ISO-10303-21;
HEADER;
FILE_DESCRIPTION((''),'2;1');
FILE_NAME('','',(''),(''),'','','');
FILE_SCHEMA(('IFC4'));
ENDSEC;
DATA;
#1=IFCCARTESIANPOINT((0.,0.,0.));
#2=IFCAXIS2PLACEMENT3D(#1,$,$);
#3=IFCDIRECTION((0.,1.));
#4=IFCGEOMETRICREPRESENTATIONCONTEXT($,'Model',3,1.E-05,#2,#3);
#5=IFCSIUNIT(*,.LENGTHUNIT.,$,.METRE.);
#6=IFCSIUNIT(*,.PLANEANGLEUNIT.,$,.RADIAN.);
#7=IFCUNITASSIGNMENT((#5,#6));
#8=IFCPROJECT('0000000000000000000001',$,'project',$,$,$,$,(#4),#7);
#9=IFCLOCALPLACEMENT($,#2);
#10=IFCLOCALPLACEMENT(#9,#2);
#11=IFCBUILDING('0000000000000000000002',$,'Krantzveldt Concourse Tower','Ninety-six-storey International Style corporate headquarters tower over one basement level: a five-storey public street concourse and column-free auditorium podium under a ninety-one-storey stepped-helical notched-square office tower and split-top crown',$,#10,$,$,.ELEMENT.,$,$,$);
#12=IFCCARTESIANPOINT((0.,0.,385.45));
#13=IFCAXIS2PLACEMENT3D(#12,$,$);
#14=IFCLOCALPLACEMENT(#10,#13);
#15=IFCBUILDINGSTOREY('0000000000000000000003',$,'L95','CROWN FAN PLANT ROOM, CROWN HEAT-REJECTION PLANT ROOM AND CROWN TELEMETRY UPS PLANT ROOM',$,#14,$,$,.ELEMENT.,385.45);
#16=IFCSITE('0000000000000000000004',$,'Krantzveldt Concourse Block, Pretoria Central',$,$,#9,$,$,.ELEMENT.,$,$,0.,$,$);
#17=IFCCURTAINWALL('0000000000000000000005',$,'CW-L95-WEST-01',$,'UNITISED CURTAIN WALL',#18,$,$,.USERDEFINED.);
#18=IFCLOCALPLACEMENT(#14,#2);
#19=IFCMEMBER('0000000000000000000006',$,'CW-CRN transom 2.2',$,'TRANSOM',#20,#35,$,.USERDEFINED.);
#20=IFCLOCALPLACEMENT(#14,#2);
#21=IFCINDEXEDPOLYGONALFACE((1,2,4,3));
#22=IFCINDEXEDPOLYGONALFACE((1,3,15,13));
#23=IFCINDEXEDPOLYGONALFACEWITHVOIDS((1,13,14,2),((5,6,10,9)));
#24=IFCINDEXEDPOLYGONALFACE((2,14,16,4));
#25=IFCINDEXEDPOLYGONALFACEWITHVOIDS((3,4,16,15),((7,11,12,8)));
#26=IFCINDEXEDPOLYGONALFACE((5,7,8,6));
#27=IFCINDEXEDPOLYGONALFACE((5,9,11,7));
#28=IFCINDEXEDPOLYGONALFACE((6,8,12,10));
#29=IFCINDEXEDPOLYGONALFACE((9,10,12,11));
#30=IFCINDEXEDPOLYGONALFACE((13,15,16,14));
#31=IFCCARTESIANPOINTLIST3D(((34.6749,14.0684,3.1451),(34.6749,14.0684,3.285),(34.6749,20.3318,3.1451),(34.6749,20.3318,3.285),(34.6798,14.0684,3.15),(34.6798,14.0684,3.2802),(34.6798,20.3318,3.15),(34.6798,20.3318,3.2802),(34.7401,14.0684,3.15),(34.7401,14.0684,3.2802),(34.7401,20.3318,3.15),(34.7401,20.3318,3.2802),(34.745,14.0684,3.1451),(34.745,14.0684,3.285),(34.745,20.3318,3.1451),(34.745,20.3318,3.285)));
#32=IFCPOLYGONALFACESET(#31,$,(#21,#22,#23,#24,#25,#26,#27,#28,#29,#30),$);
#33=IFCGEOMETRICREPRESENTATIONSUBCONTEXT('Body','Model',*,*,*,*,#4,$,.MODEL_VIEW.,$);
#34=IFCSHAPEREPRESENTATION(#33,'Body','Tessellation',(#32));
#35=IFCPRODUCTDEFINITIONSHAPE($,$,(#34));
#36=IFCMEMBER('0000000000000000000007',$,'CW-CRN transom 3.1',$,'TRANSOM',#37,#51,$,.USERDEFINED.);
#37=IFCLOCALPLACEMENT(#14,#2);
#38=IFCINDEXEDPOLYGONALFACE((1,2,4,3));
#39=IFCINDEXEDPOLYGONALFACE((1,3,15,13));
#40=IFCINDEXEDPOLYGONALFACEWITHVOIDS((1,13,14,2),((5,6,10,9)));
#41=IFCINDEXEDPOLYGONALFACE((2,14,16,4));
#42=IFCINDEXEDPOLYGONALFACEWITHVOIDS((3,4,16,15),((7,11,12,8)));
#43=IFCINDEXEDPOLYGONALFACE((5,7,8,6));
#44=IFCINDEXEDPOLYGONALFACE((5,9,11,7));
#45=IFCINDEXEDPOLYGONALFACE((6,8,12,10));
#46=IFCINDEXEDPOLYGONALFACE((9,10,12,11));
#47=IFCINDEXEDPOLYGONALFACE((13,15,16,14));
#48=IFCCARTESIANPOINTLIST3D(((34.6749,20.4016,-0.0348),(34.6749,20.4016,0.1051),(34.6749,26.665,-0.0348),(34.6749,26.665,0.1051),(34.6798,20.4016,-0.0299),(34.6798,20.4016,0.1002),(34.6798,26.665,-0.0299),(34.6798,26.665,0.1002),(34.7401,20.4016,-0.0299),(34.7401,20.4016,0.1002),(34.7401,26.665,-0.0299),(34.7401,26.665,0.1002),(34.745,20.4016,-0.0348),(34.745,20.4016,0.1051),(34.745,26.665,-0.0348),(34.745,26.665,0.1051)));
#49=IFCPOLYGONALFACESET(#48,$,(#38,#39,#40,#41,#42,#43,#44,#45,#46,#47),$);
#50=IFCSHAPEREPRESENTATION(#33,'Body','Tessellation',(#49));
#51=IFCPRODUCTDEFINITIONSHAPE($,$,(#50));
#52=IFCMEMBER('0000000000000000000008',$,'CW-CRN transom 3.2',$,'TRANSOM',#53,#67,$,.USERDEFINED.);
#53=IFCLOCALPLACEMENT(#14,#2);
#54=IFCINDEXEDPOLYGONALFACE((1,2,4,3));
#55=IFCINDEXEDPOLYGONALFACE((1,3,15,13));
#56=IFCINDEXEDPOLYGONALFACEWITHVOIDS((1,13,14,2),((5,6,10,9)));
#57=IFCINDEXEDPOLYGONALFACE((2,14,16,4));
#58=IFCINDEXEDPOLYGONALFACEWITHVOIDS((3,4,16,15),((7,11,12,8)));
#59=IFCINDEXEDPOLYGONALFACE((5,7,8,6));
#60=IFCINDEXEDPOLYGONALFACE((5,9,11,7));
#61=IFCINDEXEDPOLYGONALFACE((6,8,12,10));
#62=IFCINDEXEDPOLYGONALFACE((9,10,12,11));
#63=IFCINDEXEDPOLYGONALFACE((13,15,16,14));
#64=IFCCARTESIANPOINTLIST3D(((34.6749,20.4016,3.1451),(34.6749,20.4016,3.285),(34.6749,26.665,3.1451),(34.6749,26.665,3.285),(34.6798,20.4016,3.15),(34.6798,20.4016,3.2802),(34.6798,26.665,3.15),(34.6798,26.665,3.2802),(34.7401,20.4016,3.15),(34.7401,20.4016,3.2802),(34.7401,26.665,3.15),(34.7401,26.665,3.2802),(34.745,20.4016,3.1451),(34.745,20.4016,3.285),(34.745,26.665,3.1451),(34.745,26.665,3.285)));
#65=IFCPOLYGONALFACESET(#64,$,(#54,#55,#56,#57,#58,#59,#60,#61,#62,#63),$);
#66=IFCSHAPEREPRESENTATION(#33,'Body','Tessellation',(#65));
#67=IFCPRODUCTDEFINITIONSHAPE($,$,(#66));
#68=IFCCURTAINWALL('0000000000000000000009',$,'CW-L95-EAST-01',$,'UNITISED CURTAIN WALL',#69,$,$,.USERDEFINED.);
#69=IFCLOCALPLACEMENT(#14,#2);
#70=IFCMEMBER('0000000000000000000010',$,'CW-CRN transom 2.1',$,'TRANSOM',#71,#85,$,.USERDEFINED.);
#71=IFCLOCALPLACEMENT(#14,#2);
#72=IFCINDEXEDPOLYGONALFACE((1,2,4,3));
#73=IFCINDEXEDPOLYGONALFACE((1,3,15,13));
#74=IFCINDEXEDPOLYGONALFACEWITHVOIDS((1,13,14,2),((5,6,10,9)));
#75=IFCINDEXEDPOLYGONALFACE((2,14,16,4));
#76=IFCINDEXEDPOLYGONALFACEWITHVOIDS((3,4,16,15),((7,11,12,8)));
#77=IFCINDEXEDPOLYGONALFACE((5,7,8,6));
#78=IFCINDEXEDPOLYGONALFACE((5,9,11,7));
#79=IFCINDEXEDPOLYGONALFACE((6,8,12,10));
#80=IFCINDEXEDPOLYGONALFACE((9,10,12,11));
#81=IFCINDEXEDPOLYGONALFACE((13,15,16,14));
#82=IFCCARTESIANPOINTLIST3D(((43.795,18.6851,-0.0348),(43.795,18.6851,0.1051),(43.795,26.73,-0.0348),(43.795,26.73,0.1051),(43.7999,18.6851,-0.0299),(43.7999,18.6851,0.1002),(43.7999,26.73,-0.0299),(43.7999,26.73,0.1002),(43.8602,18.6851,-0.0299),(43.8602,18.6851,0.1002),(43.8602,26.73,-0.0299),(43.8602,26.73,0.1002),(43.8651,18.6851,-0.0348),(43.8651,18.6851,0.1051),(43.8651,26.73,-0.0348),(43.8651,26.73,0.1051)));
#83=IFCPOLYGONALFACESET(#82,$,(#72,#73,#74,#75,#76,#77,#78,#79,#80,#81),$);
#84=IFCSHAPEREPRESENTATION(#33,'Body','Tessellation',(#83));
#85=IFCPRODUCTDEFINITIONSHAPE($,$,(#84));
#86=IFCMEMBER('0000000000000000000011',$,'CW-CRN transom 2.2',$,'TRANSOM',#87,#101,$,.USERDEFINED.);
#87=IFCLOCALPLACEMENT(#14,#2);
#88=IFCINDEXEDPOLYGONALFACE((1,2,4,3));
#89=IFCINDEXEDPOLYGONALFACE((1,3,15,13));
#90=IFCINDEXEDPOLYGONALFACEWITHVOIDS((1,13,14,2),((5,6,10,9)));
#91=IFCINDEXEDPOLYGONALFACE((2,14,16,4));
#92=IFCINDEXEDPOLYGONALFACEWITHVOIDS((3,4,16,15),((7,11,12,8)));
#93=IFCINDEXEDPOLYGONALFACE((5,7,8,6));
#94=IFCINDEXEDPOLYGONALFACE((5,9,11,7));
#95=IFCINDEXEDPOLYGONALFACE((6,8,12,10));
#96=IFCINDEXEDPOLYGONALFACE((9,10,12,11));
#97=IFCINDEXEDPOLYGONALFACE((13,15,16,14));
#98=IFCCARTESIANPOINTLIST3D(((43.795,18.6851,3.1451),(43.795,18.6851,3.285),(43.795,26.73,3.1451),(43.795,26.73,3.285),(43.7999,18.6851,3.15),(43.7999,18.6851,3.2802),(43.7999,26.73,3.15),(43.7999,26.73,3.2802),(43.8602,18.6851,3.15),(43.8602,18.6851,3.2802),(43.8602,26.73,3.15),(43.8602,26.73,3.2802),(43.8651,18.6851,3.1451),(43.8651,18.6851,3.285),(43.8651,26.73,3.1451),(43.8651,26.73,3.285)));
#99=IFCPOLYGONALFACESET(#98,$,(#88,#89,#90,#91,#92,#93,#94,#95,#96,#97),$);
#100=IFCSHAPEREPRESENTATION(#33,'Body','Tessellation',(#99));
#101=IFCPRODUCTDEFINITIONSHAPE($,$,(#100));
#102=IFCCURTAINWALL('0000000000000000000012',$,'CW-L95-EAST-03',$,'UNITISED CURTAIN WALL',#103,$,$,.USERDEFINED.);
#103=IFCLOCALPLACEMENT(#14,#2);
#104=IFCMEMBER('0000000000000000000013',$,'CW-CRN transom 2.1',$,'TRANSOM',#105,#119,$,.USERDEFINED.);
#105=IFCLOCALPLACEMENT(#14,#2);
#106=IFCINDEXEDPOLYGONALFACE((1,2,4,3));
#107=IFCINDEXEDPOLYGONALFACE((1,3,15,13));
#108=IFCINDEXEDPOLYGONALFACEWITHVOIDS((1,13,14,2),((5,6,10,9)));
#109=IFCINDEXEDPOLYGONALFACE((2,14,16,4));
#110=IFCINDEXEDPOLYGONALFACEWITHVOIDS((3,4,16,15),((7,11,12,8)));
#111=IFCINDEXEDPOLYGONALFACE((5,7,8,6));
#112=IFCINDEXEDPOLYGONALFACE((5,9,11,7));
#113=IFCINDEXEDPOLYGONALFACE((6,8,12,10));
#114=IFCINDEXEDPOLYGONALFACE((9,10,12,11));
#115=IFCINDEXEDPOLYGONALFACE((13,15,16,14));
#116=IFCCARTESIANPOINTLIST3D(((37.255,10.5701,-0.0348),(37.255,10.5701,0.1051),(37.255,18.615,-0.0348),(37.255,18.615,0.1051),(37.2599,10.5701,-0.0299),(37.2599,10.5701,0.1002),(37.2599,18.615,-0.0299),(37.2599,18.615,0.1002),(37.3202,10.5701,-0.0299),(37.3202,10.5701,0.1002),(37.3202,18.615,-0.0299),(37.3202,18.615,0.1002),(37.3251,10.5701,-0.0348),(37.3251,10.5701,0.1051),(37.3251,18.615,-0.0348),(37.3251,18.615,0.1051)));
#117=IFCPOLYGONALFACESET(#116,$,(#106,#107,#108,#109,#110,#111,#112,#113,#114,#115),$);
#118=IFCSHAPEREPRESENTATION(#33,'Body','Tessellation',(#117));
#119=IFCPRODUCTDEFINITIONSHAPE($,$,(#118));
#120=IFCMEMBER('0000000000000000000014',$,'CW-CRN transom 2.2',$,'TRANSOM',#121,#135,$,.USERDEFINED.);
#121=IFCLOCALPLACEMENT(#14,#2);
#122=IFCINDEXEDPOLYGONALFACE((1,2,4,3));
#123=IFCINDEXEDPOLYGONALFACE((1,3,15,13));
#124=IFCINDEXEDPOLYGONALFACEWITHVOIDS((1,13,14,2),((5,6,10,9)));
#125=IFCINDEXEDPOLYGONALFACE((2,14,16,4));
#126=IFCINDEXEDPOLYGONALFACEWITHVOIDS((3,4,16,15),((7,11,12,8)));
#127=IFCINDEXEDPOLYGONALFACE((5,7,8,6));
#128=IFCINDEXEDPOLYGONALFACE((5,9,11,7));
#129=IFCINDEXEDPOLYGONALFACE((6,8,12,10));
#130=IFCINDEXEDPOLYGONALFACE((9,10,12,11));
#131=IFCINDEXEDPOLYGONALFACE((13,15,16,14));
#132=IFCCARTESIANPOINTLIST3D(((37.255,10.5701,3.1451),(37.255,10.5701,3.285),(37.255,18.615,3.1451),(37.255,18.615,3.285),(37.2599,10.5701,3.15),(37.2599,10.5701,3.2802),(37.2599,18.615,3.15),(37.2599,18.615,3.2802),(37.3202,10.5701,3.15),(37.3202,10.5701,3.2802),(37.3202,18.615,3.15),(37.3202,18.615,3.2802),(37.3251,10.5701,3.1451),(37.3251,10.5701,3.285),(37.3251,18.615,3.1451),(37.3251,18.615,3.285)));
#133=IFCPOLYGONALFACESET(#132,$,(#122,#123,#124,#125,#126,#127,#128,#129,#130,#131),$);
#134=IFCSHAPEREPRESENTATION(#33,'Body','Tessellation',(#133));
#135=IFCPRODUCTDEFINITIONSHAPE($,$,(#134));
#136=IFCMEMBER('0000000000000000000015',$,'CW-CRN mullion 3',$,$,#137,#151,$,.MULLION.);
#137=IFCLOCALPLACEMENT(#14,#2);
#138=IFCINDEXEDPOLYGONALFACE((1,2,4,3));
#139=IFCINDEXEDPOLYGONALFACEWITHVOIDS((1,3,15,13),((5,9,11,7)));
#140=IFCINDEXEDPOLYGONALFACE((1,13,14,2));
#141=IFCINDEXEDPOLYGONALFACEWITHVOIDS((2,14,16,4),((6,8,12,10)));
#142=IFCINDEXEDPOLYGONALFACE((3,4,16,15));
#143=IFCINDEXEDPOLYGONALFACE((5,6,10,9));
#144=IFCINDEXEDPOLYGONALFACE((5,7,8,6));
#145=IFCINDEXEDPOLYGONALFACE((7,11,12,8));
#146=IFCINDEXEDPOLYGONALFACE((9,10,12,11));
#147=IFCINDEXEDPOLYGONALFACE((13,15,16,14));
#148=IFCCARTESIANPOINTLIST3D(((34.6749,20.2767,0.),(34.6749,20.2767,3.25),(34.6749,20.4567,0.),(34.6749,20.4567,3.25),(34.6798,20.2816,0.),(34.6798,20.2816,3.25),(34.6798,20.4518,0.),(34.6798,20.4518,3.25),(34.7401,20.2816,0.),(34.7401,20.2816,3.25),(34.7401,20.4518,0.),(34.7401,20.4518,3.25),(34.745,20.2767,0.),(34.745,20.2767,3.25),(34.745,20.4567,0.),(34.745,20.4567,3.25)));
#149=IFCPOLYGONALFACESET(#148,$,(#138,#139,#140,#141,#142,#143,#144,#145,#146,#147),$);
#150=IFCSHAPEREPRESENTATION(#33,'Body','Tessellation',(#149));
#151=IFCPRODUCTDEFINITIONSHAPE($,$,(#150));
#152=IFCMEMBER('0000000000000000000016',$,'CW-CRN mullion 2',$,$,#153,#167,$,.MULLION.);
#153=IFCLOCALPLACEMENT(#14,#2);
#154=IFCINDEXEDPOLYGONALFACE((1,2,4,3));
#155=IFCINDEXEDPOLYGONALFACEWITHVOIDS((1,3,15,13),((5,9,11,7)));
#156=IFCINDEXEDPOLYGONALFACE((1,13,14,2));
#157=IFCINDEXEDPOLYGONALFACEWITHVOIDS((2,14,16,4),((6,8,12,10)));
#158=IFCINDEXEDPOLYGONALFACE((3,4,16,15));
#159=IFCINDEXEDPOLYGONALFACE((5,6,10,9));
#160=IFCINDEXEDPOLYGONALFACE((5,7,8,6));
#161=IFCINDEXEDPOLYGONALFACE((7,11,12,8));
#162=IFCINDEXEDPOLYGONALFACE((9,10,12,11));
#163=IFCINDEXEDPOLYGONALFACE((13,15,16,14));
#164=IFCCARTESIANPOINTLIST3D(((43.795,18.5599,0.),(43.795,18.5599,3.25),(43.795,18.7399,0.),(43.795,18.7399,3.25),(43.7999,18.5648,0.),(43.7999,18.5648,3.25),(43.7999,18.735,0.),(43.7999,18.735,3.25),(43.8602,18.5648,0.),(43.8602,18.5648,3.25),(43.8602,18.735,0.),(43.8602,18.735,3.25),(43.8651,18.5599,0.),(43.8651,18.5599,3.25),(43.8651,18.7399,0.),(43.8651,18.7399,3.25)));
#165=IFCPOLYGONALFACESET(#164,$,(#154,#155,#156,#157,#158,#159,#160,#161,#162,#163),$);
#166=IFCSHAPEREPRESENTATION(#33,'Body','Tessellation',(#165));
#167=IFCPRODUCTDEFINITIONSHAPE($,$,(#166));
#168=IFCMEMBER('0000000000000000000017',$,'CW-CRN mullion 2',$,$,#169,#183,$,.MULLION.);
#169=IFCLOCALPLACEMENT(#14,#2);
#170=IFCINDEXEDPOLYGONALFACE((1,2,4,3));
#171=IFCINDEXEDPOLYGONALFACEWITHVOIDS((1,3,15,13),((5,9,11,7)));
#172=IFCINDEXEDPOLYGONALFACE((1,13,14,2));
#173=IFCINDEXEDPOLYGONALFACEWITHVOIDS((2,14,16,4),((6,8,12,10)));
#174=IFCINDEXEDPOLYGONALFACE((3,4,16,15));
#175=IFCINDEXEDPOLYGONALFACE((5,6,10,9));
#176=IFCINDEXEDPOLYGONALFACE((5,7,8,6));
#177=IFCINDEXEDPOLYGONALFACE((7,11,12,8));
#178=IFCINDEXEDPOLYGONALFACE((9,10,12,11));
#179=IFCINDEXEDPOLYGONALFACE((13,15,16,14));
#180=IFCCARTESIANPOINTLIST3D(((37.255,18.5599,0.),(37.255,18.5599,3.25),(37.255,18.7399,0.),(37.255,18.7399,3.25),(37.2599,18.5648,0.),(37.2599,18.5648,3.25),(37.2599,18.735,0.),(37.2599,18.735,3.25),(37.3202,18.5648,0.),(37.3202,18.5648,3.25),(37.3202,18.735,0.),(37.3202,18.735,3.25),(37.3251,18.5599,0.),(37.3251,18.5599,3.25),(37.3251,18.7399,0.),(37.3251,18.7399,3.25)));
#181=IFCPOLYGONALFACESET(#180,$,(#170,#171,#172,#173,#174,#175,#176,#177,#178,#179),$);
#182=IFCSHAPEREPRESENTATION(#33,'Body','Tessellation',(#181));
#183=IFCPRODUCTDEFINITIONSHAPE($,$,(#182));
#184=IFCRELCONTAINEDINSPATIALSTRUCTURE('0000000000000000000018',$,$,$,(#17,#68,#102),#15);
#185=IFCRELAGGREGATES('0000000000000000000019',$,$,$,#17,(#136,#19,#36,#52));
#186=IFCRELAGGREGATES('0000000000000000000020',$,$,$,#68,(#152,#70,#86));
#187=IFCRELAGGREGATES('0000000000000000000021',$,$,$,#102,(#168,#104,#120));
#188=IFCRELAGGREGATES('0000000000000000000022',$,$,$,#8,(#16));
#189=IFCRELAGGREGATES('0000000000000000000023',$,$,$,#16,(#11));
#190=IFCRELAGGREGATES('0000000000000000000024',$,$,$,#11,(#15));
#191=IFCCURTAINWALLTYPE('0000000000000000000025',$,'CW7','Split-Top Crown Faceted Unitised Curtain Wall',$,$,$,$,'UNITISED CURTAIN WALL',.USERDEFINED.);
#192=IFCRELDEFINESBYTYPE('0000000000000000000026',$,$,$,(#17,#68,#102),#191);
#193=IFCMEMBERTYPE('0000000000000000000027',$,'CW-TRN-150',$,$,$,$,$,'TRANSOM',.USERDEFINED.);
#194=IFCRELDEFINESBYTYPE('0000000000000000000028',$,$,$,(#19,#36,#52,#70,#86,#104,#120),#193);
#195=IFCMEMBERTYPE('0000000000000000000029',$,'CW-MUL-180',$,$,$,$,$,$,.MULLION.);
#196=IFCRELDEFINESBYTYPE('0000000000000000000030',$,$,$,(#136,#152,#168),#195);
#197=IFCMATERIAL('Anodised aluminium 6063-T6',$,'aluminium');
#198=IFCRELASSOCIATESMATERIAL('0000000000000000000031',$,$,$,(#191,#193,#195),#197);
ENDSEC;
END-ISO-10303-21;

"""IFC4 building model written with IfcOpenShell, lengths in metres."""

from ifc_helpers import new_model, si_unit, direction, frame, origin, origin_2d, place, context, subcontext, project, spatial, hollow_rectangle, extrude, source, transform, mapped, material, material_profile, profile_set, type_object, type_shapes, element, aggregate, save


model = new_model("IFC4")

# Units and contexts
model_context = context("Model", 3, precision=1e-05, world=origin(), true_north=direction((0.0, 1.0)))
body_context = subcontext(model_context, "Body", "Model", "MODEL_VIEW")
ifc_project = project(units=[si_unit("LENGTHUNIT", "METRE"), si_unit("PLANEANGLEUNIT", "RADIAN")], contexts=[model_context])

# Site, building, storey
site_placement = place(None, origin())
site = spatial("IfcSite", under=ifc_project, at=site_placement, Name="Krantzveldt Concourse Block, Pretoria Central", CompositionType="ELEMENT", RefElevation=0.0)
building_placement = place(site_placement, origin())
building = spatial("IfcBuilding", under=site, at=building_placement, Name="Krantzveldt Concourse Tower", Description="Ninety-six-storey International Style corporate headquarters tower over one basement level: a five-storey public street concourse and column-free auditorium podium under a ninety-one-storey stepped-helical notched-square office tower and split-top crown", CompositionType="ELEMENT")
storey_placement = place(building_placement, frame((0.0, 0.0, 385.45)))
storey = spatial("IfcBuildingStorey", under=building, at=storey_placement, Name="L95", Description="CROWN FAN PLANT ROOM, CROWN HEAT-REJECTION PLANT ROOM AND CROWN TELEMETRY UPS PLANT ROOM", CompositionType="ELEMENT", Elevation=385.45)

# Curtain walls, members
ifc_material_1 = material(Name="Anodised aluminium 6063-T6", Category="aluminium")
curtain_wall_type = type_object("IfcCurtainWallType", Name="CW7", Description="Split-Top Crown Faceted Unitised Curtain Wall", ElementType="UNITISED CURTAIN WALL", PredefinedType="USERDEFINED", material=ifc_material_1)
curtain_wall_1_placement = place(storey_placement, origin())
curtain_wall_1 = element("IfcCurtainWall", 1, at=curtain_wall_1_placement, inside=storey, type_object=curtain_wall_type, Name="CW-L95-WEST-01", ObjectType="UNITISED CURTAIN WALL", PredefinedType="USERDEFINED")
ifc_material_profile_1 = material_profile(ifc_material_1, hollow_rectangle(XDim=0.0701, YDim=0.1399, WallThickness=0.0049, at=origin_2d()), Name="Anodised aluminium 6063-T6", Category="aluminium")
ifc_profile_set_1 = profile_set([ifc_material_profile_1], Name="Anodised aluminium 6063-T6 - ALU-TRAN 140x70x5")
member_type_1 = type_object("IfcMemberType", Name="CW-TRN-150", ElementType="TRANSOM", PredefinedType="USERDEFINED", material=ifc_profile_set_1)
shared_shape_1 = source(origin(), body_context, "Body", "SweptSolid", [
    extrude(hollow_rectangle(XDim=0.0701, YDim=0.1399, WallThickness=0.0049, at=origin_2d()), origin(), (0.0, 0.0, 1.0), 6.2634),
])
member_1_placement = place(storey_placement, frame((34.71, 14.0684, 3.2151), z_axis=(0.0, 1.0, 0.0), x_axis=(-1.0, 0.0, 0.0)))
member_1 = element("IfcMember", 2, at=member_1_placement, type_object=member_type_1, Name="CW-CRN transom 2.2", ObjectType="TRANSOM", PredefinedType="USERDEFINED", context=body_context, shape_type="MappedRepresentation", body=[
    mapped(shared_shape_1, transform((0.0, 0.0, 0.0), x_axis=(1.0, 0.0, 0.0), y_axis=(0.0, 1.0, 0.0), z_axis=(0.0, 0.0, 1.0), scale=1.0)),
])
member_2_placement = place(storey_placement, frame((34.71, 20.4016, 0.0352), z_axis=(0.0, 1.0, 0.0), x_axis=(-1.0, 0.0, 0.0)))
member_2 = element("IfcMember", 3, at=member_2_placement, type_object=member_type_1, Name="CW-CRN transom 3.1", ObjectType="TRANSOM", PredefinedType="USERDEFINED", context=body_context, shape_type="MappedRepresentation", body=[
    mapped(shared_shape_1, transform((0.0, 0.0, 0.0), x_axis=(1.0, 0.0, 0.0), y_axis=(0.0, 1.0, 0.0), z_axis=(0.0, 0.0, 1.0), scale=1.0)),
])
member_3_placement = place(storey_placement, frame((34.71, 20.4016, 3.2151), z_axis=(0.0, 1.0, 0.0), x_axis=(-1.0, 0.0, 0.0)))
member_3 = element("IfcMember", 4, at=member_3_placement, type_object=member_type_1, Name="CW-CRN transom 3.2", ObjectType="TRANSOM", PredefinedType="USERDEFINED", context=body_context, shape_type="MappedRepresentation", body=[
    mapped(shared_shape_1, transform((0.0, 0.0, 0.0), x_axis=(1.0, 0.0, 0.0), y_axis=(0.0, 1.0, 0.0), z_axis=(0.0, 0.0, 1.0), scale=1.0)),
])
curtain_wall_2_placement = place(storey_placement, origin())
curtain_wall_2 = element("IfcCurtainWall", 5, at=curtain_wall_2_placement, inside=storey, type_object=curtain_wall_type, Name="CW-L95-EAST-01", ObjectType="UNITISED CURTAIN WALL", PredefinedType="USERDEFINED")
shared_shape_2 = source(origin(), body_context, "Body", "SweptSolid", [
    extrude(hollow_rectangle(XDim=0.0701, YDim=0.1399, WallThickness=0.0049, at=origin_2d()), origin(), (0.0, 0.0, 1.0), 8.0449),
])
type_shapes(member_type_1, [shared_shape_1, shared_shape_2])
member_4_placement = place(storey_placement, frame((43.8301, 18.6851, 0.0352), z_axis=(0.0, 1.0, 0.0), x_axis=(-1.0, 0.0, 0.0)))
member_4 = element("IfcMember", 6, at=member_4_placement, type_object=member_type_1, Name="CW-CRN transom 2.1", ObjectType="TRANSOM", PredefinedType="USERDEFINED", context=body_context, shape_type="MappedRepresentation", body=[
    mapped(shared_shape_2, transform((0.0, 0.0, 0.0), x_axis=(1.0, 0.0, 0.0), y_axis=(0.0, 1.0, 0.0), z_axis=(0.0, 0.0, 1.0), scale=1.0)),
])
member_5_placement = place(storey_placement, frame((43.8301, 18.6851, 3.2151), z_axis=(0.0, 1.0, 0.0), x_axis=(-1.0, 0.0, 0.0)))
member_5 = element("IfcMember", 7, at=member_5_placement, type_object=member_type_1, Name="CW-CRN transom 2.2", ObjectType="TRANSOM", PredefinedType="USERDEFINED", context=body_context, shape_type="MappedRepresentation", body=[
    mapped(shared_shape_2, transform((0.0, 0.0, 0.0), x_axis=(1.0, 0.0, 0.0), y_axis=(0.0, 1.0, 0.0), z_axis=(0.0, 0.0, 1.0), scale=1.0)),
])
curtain_wall_3_placement = place(storey_placement, origin())
curtain_wall_3 = element("IfcCurtainWall", 8, at=curtain_wall_3_placement, inside=storey, type_object=curtain_wall_type, Name="CW-L95-EAST-03", ObjectType="UNITISED CURTAIN WALL", PredefinedType="USERDEFINED")
member_6_placement = place(storey_placement, frame((37.29, 18.615, 0.0352), z_axis=(0.0, -1.0, 0.0), x_axis=(1.0, 0.0, 0.0)))
member_6 = element("IfcMember", 9, at=member_6_placement, type_object=member_type_1, Name="CW-CRN transom 2.1", ObjectType="TRANSOM", PredefinedType="USERDEFINED", context=body_context, shape_type="MappedRepresentation", body=[
    mapped(shared_shape_2, transform((0.0, 0.0, 0.0), x_axis=(1.0, 0.0, 0.0), y_axis=(0.0, 1.0, 0.0), z_axis=(0.0, 0.0, 1.0), scale=1.0)),
])
member_7_placement = place(storey_placement, frame((37.29, 18.615, 3.2151), z_axis=(0.0, -1.0, 0.0), x_axis=(1.0, 0.0, 0.0)))
member_7 = element("IfcMember", 10, at=member_7_placement, type_object=member_type_1, Name="CW-CRN transom 2.2", ObjectType="TRANSOM", PredefinedType="USERDEFINED", context=body_context, shape_type="MappedRepresentation", body=[
    mapped(shared_shape_2, transform((0.0, 0.0, 0.0), x_axis=(1.0, 0.0, 0.0), y_axis=(0.0, 1.0, 0.0), z_axis=(0.0, 0.0, 1.0), scale=1.0)),
])

# Members
ifc_material_profile_2 = material_profile(ifc_material_1, hollow_rectangle(XDim=0.0701, YDim=0.1799, WallThickness=0.0049, at=origin_2d()), Name="Anodised aluminium 6063-T6", Category="aluminium")
ifc_profile_set_2 = profile_set([ifc_material_profile_2], Name="Anodised aluminium 6063-T6 - ALU-MULL 180x70x5")
member_type_2 = type_object("IfcMemberType", Name="CW-MUL-180", PredefinedType="MULLION", material=ifc_profile_set_2)
shared_shape_3 = source(origin(), body_context, "Body", "SweptSolid", [
    extrude(hollow_rectangle(XDim=0.0701, YDim=0.1799, WallThickness=0.0049, at=origin_2d()), origin(), (0.0, 0.0, 1.0), 3.25),
])
type_shapes(member_type_2, [shared_shape_3])
member_8_placement = place(storey_placement, frame((34.71, 20.3667, 0.0), z_axis=(0.0, 0.0, 1.0), x_axis=(-1.0, 0.0, 0.0)))
member_8 = element("IfcMember", 11, at=member_8_placement, type_object=member_type_2, Name="CW-CRN mullion 3", PredefinedType="MULLION", context=body_context, shape_type="MappedRepresentation", body=[
    mapped(shared_shape_3, transform((0.0, 0.0, 0.0), x_axis=(1.0, 0.0, 0.0), y_axis=(0.0, 1.0, 0.0), z_axis=(0.0, 0.0, 1.0), scale=1.0)),
])
member_9_placement = place(storey_placement, frame((43.8301, 18.6499, 0.0), z_axis=(0.0, 0.0, 1.0), x_axis=(-1.0, 0.0, 0.0)))
member_9 = element("IfcMember", 12, at=member_9_placement, type_object=member_type_2, Name="CW-CRN mullion 2", PredefinedType="MULLION", context=body_context, shape_type="MappedRepresentation", body=[
    mapped(shared_shape_3, transform((0.0, 0.0, 0.0), x_axis=(1.0, 0.0, 0.0), y_axis=(0.0, 1.0, 0.0), z_axis=(0.0, 0.0, 1.0), scale=1.0)),
])
member_10_placement = place(storey_placement, frame((37.29, 18.6499, 0.0), z_axis=(0.0, 0.0, 1.0), x_axis=(1.0, 0.0, 0.0)))
member_10 = element("IfcMember", 13, at=member_10_placement, type_object=member_type_2, Name="CW-CRN mullion 2", PredefinedType="MULLION", context=body_context, shape_type="MappedRepresentation", body=[
    mapped(shared_shape_3, transform((0.0, 0.0, 0.0), x_axis=(1.0, 0.0, 0.0), y_axis=(0.0, 1.0, 0.0), z_axis=(0.0, 0.0, 1.0), scale=1.0)),
])

aggregate(curtain_wall_1, [member_8, member_1, member_2, member_3])
aggregate(curtain_wall_2, [member_9, member_4, member_5])
aggregate(curtain_wall_3, [member_10, member_6, member_7])

save(model, "model.ifc")
